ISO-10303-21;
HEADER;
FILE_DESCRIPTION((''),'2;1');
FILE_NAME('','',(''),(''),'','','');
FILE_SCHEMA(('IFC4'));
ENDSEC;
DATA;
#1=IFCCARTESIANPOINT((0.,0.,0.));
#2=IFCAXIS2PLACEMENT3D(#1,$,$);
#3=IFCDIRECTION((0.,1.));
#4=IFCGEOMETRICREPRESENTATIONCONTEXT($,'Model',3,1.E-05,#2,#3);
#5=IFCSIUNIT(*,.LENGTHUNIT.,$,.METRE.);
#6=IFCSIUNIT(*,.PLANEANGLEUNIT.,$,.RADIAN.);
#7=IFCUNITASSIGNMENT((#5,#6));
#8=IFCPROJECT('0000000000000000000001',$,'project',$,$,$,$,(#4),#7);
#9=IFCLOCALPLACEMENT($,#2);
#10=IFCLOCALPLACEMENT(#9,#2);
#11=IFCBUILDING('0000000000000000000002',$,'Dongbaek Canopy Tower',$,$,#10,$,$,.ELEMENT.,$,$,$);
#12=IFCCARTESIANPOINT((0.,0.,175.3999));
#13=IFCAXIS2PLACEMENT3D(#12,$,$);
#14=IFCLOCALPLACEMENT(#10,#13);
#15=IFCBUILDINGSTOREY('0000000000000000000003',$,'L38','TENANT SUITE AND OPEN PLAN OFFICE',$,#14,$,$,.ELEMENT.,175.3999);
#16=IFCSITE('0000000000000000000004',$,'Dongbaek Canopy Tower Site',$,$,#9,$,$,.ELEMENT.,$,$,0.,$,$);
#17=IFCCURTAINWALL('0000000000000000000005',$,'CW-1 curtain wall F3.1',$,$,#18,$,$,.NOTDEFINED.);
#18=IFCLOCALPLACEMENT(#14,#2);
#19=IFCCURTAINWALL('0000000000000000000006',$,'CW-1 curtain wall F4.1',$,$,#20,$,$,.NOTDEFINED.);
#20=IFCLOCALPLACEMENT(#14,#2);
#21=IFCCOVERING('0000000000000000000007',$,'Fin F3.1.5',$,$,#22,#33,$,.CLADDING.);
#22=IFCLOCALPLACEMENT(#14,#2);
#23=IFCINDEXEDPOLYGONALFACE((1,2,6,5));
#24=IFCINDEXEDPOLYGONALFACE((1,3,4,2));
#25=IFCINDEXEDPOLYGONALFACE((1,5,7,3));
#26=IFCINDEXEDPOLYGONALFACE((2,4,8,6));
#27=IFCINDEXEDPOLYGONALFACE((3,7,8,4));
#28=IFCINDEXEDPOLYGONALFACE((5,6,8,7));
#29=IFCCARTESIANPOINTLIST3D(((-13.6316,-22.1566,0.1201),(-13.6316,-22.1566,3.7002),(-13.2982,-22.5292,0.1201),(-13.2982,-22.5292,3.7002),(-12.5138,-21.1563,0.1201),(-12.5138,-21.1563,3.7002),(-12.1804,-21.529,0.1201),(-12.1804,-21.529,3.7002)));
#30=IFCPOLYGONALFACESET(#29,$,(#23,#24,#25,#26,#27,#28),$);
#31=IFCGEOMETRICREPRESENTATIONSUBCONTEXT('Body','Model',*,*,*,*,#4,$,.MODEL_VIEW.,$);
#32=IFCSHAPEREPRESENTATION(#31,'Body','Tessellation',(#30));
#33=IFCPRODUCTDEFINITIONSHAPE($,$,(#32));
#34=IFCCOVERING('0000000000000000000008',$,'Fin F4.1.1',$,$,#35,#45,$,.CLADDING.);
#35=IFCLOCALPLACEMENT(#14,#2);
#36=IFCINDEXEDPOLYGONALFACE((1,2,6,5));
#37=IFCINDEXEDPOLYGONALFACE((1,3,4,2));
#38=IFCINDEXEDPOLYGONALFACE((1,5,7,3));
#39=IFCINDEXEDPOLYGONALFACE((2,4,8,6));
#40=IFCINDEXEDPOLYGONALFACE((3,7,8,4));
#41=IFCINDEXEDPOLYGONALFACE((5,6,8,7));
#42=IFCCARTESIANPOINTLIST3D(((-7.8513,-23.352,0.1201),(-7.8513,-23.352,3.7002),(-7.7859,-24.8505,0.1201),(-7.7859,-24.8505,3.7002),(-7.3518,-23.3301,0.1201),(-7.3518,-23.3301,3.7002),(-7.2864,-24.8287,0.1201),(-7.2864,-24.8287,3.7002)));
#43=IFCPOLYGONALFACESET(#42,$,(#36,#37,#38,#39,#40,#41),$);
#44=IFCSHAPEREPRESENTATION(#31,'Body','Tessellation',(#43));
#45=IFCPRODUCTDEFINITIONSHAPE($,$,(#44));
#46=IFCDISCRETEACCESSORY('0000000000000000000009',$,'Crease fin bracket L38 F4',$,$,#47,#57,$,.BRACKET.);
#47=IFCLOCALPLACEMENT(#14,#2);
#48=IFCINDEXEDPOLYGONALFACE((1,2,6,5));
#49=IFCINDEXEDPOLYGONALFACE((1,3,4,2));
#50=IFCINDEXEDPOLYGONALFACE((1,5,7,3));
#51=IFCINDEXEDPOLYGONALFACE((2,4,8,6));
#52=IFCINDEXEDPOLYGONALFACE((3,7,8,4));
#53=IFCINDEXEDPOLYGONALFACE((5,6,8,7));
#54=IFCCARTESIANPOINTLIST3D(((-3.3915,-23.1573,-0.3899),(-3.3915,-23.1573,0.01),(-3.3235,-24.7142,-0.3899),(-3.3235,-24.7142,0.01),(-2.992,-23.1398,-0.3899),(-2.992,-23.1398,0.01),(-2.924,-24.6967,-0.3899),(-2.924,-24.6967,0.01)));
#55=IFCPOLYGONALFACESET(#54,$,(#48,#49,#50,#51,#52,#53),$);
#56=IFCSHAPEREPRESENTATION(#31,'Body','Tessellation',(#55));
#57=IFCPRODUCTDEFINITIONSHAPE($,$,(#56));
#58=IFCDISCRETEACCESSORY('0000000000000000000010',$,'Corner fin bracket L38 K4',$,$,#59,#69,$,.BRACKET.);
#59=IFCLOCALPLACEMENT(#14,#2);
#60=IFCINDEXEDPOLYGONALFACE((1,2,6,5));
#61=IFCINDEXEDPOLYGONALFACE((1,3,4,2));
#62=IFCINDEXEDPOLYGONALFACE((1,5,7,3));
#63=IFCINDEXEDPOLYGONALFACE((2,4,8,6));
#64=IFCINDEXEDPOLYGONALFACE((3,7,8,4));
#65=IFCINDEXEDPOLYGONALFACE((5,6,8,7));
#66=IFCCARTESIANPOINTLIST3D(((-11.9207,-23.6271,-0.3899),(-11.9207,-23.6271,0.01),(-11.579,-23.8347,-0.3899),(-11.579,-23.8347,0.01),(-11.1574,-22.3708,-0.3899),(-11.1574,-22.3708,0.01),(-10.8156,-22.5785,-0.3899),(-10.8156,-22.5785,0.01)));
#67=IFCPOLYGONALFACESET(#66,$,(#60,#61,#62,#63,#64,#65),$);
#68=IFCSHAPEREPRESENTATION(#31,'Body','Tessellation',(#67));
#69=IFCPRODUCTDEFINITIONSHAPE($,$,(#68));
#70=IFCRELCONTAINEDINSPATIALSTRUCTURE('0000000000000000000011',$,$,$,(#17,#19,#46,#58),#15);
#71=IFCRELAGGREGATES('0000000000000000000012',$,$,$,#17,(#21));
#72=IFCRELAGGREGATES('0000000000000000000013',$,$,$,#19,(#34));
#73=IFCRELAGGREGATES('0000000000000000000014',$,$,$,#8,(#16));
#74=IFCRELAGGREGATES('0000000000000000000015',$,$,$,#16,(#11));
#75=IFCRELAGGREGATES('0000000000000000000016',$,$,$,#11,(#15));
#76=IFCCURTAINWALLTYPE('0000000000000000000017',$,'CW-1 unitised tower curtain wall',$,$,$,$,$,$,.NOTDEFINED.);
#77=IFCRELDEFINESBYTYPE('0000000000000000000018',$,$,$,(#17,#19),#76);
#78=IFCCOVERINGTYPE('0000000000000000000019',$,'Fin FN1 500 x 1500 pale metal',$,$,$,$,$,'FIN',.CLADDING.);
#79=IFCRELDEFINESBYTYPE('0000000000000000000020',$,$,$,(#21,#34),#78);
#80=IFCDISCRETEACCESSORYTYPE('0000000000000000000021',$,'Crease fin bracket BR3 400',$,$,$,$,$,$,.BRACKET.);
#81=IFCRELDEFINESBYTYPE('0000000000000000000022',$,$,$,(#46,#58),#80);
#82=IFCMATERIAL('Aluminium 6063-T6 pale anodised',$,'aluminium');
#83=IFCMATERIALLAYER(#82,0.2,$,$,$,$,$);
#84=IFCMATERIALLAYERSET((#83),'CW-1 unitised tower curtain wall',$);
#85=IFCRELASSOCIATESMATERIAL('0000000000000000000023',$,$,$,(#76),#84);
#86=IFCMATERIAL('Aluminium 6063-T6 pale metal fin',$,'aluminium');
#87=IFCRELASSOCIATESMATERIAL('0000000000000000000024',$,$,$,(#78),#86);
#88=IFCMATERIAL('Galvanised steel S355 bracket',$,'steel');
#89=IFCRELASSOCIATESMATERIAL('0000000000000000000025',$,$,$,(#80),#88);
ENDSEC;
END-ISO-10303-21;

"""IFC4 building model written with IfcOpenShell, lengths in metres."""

from ifc_helpers import new_model, si_unit, direction, frame, origin, origin_2d, place, context, subcontext, project, spatial, rectangle, extrude, material, layer, layer_set, material_profile, profile_set, type_object, element, aggregate, save


model = new_model("IFC4")

# Units and contexts
model_context = context("Model", 3, precision=1e-05, world=origin(), true_north=direction((0.0, 1.0)))
body_context = subcontext(model_context, "Body", "Model", "MODEL_VIEW")
ifc_project = project(units=[si_unit("LENGTHUNIT", "METRE"), si_unit("PLANEANGLEUNIT", "RADIAN")], contexts=[model_context])

# Site, building, storey
site_placement = place(None, origin())
site = spatial("IfcSite", under=ifc_project, at=site_placement, Name="Dongbaek Canopy Tower Site", CompositionType="ELEMENT", RefElevation=0.0)
building_placement = place(site_placement, origin())
building = spatial("IfcBuilding", under=site, at=building_placement, Name="Dongbaek Canopy Tower", CompositionType="ELEMENT")
storey_placement = place(building_placement, frame((0.0, 0.0, 175.3999)))
storey = spatial("IfcBuildingStorey", under=building, at=storey_placement, Name="L38", Description="TENANT SUITE AND OPEN PLAN OFFICE", CompositionType="ELEMENT", Elevation=175.3999)

# Curtain wall
ifc_material_1 = material(Name="Aluminium 6063-T6 pale anodised", Category="aluminium")
ifc_layer_1 = layer(ifc_material_1, 0.2)
ifc_layer_set_1 = layer_set([ifc_layer_1], Name="CW-1 unitised tower curtain wall")
curtain_wall_type = type_object("IfcCurtainWallType", Name="CW-1 unitised tower curtain wall", PredefinedType="NOTDEFINED", material=ifc_layer_set_1)
curtain_wall_1_placement = place(storey_placement, origin())
curtain_wall_1 = element("IfcCurtainWall", 1, at=curtain_wall_1_placement, inside=storey, type_object=curtain_wall_type, Name="CW-1 curtain wall F3.1", PredefinedType="NOTDEFINED")

# Curtain wall
curtain_wall_2_placement = place(storey_placement, origin())
curtain_wall_2 = element("IfcCurtainWall", 2, at=curtain_wall_2_placement, inside=storey, type_object=curtain_wall_type, Name="CW-1 curtain wall F4.1", PredefinedType="NOTDEFINED")

# Coverings
ifc_material_2 = material(Name="Aluminium 6063-T6 pale metal fin", Category="aluminium")
ifc_material_profile_1 = material_profile(ifc_material_2, rectangle(XDim=1.5, YDim=0.5, at=origin_2d()), Name="Fin FN1 500 x 1500 pale metal")
ifc_profile_set_1 = profile_set([ifc_material_profile_1], Name="Aluminium 6063-T6 pale metal fin")
covering_type_1 = type_object("IfcCoveringType", Name="Fin FN1 500 x 1500 pale metal", ElementType="FIN", PredefinedType="CLADDING", material=ifc_profile_set_1)
covering_1_placement = place(storey_placement, frame((-12.906, -21.8428, 0.1201), z_axis=(0.0, 0.0, 1.0), x_axis=(-0.745211, -0.666829, 0.0)))
covering_1 = element("IfcCovering", 3, at=covering_1_placement, type_object=covering_type_1, Name="Fin F3.1.5", PredefinedType="CLADDING", context=body_context, shape_type="SweptSolid", body=[
    extrude(rectangle(XDim=1.5, YDim=0.5, at=origin_2d()), origin(), (0.0, 0.0, 1.0), 3.5801),
])
aggregate(curtain_wall_1, [covering_1])
covering_2_placement = place(storey_placement, frame((-7.5688, -24.0903, 0.1201), z_axis=(0.0, 0.0, 1.0), x_axis=(0.04364, -0.999047, 0.0)))
covering_2 = element("IfcCovering", 4, at=covering_2_placement, type_object=covering_type_1, Name="Fin F4.1.1", PredefinedType="CLADDING", context=body_context, shape_type="SweptSolid", body=[
    extrude(rectangle(XDim=1.5, YDim=0.5, at=origin_2d()), origin(), (0.0, 0.0, 1.0), 3.5801),
])
aggregate(curtain_wall_2, [covering_2])

# Discrete accessories
ifc_material_3 = material(Name="Galvanised steel S355 bracket", Category="steel")
discrete_accessory_type = type_object("IfcDiscreteAccessoryType", Name="Crease fin bracket BR3 400", PredefinedType="BRACKET", material=ifc_material_3)
discrete_accessory_1_placement = place(storey_placement, frame((-3.1577, -23.927, -0.3899), z_axis=(0.0, 0.0, 1.0), x_axis=(0.04364, -0.999047, 0.0)))
element("IfcDiscreteAccessory", 5, at=discrete_accessory_1_placement, inside=storey, type_object=discrete_accessory_type, Name="Crease fin bracket L38 F4", PredefinedType="BRACKET", context=body_context, shape_type="SweptSolid", body=[
    extrude(rectangle(XDim=1.5583, YDim=0.3999, at=origin_2d()), origin(), (0.0, 0.0, 1.0), 0.3999),
])
discrete_accessory_2_placement = place(storey_placement, frame((-11.3682, -23.1028, -0.3899), z_axis=(0.0, 0.0, 1.0), x_axis=(-0.519286, -0.8546, 0.0)))
element("IfcDiscreteAccessory", 6, at=discrete_accessory_2_placement, inside=storey, type_object=discrete_accessory_type, Name="Corner fin bracket L38 K4", PredefinedType="BRACKET", context=body_context, shape_type="SweptSolid", body=[
    extrude(rectangle(XDim=1.47, YDim=0.3999, at=origin_2d()), origin(), (0.0, 0.0, 1.0), 0.3999),
])

save(model, "model.ifc")
